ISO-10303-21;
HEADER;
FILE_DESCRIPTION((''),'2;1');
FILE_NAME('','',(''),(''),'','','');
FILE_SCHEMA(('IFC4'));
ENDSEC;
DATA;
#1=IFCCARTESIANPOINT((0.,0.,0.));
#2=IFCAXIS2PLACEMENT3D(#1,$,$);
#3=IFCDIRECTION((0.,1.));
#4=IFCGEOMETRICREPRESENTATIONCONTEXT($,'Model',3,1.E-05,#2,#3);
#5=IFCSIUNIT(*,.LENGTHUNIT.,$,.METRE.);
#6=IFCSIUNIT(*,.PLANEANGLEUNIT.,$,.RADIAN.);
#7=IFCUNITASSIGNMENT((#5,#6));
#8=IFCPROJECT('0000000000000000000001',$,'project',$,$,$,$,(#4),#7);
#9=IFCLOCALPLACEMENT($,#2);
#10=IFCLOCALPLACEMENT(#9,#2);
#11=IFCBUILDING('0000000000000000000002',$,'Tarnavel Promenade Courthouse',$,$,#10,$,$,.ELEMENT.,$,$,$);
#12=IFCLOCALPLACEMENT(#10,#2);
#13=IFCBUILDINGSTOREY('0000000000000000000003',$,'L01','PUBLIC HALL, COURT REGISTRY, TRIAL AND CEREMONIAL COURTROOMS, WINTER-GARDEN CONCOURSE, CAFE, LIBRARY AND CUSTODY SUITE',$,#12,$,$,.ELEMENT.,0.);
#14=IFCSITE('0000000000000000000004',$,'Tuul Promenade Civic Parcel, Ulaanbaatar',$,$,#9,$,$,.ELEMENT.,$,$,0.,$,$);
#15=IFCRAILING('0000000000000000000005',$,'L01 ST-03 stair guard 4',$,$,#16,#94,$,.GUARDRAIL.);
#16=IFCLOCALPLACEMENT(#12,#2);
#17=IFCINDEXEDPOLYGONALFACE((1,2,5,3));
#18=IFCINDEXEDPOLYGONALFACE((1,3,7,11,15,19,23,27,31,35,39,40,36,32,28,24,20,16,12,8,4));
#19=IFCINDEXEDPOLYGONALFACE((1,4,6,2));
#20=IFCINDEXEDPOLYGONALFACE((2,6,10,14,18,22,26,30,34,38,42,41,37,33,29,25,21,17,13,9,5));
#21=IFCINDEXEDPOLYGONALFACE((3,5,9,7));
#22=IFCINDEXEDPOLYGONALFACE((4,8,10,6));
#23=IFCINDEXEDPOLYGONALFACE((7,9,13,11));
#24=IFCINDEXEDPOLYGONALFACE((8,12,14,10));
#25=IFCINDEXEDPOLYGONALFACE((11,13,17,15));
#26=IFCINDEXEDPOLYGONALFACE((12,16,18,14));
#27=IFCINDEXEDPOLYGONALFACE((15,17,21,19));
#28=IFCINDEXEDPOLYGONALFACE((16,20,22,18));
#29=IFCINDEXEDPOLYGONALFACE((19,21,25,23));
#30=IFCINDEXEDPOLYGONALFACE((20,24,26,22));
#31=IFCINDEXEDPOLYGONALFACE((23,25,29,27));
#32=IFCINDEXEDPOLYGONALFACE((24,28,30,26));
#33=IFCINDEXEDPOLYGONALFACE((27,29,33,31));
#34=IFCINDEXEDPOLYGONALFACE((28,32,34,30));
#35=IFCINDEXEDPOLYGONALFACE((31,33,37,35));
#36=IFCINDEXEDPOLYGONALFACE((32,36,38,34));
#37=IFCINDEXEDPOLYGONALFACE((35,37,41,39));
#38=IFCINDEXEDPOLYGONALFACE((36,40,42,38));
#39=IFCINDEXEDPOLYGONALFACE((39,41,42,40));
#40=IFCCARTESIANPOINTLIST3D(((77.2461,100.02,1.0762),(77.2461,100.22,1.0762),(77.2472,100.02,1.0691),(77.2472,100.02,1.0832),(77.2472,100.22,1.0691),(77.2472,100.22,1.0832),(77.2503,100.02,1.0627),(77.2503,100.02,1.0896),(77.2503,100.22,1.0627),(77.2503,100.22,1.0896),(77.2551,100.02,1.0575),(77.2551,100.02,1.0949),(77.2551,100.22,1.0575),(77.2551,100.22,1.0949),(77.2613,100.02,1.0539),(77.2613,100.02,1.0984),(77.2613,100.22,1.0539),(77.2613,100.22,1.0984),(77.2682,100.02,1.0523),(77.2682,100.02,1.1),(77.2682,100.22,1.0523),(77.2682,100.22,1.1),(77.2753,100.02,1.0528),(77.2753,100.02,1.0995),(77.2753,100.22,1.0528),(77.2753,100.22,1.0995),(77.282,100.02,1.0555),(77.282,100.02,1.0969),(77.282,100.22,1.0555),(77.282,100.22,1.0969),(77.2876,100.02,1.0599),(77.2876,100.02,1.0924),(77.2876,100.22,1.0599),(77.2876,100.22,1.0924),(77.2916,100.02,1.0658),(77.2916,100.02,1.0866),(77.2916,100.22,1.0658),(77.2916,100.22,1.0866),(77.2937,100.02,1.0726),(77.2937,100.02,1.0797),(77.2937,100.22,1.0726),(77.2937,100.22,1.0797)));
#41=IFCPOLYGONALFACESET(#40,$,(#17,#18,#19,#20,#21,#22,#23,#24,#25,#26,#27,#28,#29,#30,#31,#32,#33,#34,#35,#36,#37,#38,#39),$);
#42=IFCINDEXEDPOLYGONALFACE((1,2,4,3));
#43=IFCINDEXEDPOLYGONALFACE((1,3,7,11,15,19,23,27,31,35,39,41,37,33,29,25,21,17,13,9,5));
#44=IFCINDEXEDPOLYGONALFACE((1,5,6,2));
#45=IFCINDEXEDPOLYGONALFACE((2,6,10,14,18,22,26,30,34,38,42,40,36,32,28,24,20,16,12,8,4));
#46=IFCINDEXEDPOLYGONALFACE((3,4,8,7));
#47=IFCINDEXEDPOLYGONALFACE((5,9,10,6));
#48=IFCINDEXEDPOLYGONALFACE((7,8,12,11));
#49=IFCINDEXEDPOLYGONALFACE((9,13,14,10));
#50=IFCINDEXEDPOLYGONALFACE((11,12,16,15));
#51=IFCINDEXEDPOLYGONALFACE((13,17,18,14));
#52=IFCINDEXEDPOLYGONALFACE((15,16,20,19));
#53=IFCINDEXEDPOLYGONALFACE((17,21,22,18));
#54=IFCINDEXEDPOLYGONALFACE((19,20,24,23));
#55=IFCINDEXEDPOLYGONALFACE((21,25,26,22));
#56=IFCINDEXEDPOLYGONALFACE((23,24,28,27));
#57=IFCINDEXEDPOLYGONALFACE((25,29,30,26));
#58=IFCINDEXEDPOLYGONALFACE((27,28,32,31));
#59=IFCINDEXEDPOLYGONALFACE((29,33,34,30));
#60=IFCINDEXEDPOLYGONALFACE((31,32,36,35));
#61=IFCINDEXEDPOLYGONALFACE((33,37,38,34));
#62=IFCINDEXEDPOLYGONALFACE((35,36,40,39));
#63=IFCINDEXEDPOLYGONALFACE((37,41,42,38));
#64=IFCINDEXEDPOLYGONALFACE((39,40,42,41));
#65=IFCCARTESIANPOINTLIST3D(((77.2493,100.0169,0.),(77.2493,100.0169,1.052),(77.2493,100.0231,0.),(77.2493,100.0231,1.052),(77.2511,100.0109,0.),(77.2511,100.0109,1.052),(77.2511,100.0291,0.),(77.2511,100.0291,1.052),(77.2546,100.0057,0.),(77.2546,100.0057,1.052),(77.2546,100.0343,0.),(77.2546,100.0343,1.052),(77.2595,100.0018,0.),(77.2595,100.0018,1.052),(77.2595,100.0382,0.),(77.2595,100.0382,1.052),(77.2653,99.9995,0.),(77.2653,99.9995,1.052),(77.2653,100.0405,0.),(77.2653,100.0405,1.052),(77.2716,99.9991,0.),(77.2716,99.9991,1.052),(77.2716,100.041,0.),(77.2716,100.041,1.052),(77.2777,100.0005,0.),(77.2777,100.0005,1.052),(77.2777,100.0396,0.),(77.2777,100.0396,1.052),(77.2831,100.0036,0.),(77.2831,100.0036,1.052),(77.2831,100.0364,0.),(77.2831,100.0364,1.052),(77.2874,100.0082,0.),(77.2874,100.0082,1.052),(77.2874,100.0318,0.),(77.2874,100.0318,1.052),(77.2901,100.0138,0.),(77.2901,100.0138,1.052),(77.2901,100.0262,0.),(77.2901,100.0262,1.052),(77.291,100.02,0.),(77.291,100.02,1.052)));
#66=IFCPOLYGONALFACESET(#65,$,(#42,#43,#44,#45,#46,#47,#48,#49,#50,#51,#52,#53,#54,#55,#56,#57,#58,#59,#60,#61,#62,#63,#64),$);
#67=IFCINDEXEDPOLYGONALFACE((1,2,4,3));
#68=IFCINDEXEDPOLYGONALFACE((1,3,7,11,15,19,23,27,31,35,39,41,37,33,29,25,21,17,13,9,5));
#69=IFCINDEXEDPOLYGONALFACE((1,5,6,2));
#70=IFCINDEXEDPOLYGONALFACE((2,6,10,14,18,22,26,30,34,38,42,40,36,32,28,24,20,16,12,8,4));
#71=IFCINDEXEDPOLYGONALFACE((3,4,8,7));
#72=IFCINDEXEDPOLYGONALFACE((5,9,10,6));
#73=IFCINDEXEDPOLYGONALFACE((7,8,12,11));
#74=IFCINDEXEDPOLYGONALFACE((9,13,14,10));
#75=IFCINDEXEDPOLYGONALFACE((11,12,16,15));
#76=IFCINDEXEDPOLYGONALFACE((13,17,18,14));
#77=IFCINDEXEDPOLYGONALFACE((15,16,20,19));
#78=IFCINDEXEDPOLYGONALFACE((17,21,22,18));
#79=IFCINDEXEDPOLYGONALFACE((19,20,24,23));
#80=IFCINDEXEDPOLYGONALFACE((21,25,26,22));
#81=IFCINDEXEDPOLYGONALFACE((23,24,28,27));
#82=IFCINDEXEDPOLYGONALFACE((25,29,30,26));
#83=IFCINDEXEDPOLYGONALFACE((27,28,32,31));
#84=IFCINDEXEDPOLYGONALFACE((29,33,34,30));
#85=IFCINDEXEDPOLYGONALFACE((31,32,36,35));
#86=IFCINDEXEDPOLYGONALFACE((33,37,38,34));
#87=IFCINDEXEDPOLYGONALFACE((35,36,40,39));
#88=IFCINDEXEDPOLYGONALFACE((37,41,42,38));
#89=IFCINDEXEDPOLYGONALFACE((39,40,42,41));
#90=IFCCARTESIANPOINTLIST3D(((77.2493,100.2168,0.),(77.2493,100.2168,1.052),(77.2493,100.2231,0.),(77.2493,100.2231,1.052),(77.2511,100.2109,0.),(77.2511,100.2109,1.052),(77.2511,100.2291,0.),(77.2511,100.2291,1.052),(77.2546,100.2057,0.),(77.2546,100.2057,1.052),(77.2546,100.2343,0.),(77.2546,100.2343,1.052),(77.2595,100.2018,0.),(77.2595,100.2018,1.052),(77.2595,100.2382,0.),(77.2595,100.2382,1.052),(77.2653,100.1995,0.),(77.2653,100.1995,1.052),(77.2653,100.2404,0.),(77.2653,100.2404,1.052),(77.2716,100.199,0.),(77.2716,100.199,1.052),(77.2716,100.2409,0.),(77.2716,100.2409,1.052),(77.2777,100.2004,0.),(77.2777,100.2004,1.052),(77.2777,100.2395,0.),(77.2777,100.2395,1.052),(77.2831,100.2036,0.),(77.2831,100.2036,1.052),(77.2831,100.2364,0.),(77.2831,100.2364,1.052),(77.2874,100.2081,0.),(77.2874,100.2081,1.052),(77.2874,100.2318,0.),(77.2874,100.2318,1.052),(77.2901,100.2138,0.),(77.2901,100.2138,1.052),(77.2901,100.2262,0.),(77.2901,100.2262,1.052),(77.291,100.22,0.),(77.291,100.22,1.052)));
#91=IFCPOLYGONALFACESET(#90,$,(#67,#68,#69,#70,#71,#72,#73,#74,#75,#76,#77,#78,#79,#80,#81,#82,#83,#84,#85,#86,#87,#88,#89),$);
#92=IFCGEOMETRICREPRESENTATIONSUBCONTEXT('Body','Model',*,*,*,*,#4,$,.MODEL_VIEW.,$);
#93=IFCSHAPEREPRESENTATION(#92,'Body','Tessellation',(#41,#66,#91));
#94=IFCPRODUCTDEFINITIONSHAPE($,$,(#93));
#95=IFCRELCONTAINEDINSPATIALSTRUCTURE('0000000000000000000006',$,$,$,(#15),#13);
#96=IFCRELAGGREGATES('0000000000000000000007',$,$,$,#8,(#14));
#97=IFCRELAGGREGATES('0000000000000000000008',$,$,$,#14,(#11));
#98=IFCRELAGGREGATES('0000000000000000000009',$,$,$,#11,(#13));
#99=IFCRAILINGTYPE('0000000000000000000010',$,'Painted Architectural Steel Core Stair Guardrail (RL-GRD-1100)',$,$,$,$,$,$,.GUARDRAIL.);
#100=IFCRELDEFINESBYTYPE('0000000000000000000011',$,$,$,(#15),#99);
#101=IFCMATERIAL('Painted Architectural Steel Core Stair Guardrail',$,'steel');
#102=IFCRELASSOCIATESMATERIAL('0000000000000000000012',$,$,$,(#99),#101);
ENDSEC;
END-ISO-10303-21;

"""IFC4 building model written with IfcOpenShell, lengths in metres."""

from ifc_helpers import new_model, si_unit, direction, frame, origin, origin_2d, place, context, subcontext, project, spatial, circle, extrude, material, type_object, element, save


model = new_model("IFC4")

# Units and contexts
model_context = context("Model", 3, precision=1e-05, world=origin(), true_north=direction((0.0, 1.0)))
body_context = subcontext(model_context, "Body", "Model", "MODEL_VIEW")
ifc_project = project(units=[si_unit("LENGTHUNIT", "METRE"), si_unit("PLANEANGLEUNIT", "RADIAN")], contexts=[model_context])

# Site, building, storey
site_placement = place(None, origin())
site = spatial("IfcSite", under=ifc_project, at=site_placement, Name="Tuul Promenade Civic Parcel, Ulaanbaatar", CompositionType="ELEMENT", RefElevation=0.0)
building_placement = place(site_placement, origin())
building = spatial("IfcBuilding", under=site, at=building_placement, Name="Tarnavel Promenade Courthouse", CompositionType="ELEMENT")
storey_placement = place(building_placement, origin())
storey = spatial("IfcBuildingStorey", under=building, at=storey_placement, Name="L01", Description="PUBLIC HALL, COURT REGISTRY, TRIAL AND CEREMONIAL COURTROOMS, WINTER-GARDEN CONCOURSE, CAFE, LIBRARY AND CUSTODY SUITE", CompositionType="ELEMENT", Elevation=0.0)

# Railing
ifc_material_1 = material(Name="Painted Architectural Steel Core Stair Guardrail", Category="steel")
railing_type_1 = type_object("IfcRailingType", Name="Painted Architectural Steel Core Stair Guardrail (RL-GRD-1100)", PredefinedType="GUARDRAIL", material=ifc_material_1)
railing_1_placement = place(storey_placement, frame((77.27, 100.02, 0.0)))
element("IfcRailing", 1, at=railing_1_placement, inside=storey, type_object=railing_type_1, Name="L01 ST-03 stair guard 4", PredefinedType="GUARDRAIL", context=body_context, shape_type="SweptSolid", body=[
    extrude(circle(Radius=0.0239, at=origin_2d()), frame((0.0, 0.0, 1.0762), z_axis=(0.0, 1.0, 0.0), x_axis=(-1.0, 0.0, 0.0)), (0.0, 0.0, 1.0), 0.2),
    extrude(circle(Radius=0.021, at=origin_2d()), origin(), (0.0, 0.0, 1.0), 1.052),
    extrude(circle(Radius=0.021, at=origin_2d()), frame((0.0, 0.2, 0.0)), (0.0, 0.0, 1.0), 1.052),
])

save(model, "model.ifc")
